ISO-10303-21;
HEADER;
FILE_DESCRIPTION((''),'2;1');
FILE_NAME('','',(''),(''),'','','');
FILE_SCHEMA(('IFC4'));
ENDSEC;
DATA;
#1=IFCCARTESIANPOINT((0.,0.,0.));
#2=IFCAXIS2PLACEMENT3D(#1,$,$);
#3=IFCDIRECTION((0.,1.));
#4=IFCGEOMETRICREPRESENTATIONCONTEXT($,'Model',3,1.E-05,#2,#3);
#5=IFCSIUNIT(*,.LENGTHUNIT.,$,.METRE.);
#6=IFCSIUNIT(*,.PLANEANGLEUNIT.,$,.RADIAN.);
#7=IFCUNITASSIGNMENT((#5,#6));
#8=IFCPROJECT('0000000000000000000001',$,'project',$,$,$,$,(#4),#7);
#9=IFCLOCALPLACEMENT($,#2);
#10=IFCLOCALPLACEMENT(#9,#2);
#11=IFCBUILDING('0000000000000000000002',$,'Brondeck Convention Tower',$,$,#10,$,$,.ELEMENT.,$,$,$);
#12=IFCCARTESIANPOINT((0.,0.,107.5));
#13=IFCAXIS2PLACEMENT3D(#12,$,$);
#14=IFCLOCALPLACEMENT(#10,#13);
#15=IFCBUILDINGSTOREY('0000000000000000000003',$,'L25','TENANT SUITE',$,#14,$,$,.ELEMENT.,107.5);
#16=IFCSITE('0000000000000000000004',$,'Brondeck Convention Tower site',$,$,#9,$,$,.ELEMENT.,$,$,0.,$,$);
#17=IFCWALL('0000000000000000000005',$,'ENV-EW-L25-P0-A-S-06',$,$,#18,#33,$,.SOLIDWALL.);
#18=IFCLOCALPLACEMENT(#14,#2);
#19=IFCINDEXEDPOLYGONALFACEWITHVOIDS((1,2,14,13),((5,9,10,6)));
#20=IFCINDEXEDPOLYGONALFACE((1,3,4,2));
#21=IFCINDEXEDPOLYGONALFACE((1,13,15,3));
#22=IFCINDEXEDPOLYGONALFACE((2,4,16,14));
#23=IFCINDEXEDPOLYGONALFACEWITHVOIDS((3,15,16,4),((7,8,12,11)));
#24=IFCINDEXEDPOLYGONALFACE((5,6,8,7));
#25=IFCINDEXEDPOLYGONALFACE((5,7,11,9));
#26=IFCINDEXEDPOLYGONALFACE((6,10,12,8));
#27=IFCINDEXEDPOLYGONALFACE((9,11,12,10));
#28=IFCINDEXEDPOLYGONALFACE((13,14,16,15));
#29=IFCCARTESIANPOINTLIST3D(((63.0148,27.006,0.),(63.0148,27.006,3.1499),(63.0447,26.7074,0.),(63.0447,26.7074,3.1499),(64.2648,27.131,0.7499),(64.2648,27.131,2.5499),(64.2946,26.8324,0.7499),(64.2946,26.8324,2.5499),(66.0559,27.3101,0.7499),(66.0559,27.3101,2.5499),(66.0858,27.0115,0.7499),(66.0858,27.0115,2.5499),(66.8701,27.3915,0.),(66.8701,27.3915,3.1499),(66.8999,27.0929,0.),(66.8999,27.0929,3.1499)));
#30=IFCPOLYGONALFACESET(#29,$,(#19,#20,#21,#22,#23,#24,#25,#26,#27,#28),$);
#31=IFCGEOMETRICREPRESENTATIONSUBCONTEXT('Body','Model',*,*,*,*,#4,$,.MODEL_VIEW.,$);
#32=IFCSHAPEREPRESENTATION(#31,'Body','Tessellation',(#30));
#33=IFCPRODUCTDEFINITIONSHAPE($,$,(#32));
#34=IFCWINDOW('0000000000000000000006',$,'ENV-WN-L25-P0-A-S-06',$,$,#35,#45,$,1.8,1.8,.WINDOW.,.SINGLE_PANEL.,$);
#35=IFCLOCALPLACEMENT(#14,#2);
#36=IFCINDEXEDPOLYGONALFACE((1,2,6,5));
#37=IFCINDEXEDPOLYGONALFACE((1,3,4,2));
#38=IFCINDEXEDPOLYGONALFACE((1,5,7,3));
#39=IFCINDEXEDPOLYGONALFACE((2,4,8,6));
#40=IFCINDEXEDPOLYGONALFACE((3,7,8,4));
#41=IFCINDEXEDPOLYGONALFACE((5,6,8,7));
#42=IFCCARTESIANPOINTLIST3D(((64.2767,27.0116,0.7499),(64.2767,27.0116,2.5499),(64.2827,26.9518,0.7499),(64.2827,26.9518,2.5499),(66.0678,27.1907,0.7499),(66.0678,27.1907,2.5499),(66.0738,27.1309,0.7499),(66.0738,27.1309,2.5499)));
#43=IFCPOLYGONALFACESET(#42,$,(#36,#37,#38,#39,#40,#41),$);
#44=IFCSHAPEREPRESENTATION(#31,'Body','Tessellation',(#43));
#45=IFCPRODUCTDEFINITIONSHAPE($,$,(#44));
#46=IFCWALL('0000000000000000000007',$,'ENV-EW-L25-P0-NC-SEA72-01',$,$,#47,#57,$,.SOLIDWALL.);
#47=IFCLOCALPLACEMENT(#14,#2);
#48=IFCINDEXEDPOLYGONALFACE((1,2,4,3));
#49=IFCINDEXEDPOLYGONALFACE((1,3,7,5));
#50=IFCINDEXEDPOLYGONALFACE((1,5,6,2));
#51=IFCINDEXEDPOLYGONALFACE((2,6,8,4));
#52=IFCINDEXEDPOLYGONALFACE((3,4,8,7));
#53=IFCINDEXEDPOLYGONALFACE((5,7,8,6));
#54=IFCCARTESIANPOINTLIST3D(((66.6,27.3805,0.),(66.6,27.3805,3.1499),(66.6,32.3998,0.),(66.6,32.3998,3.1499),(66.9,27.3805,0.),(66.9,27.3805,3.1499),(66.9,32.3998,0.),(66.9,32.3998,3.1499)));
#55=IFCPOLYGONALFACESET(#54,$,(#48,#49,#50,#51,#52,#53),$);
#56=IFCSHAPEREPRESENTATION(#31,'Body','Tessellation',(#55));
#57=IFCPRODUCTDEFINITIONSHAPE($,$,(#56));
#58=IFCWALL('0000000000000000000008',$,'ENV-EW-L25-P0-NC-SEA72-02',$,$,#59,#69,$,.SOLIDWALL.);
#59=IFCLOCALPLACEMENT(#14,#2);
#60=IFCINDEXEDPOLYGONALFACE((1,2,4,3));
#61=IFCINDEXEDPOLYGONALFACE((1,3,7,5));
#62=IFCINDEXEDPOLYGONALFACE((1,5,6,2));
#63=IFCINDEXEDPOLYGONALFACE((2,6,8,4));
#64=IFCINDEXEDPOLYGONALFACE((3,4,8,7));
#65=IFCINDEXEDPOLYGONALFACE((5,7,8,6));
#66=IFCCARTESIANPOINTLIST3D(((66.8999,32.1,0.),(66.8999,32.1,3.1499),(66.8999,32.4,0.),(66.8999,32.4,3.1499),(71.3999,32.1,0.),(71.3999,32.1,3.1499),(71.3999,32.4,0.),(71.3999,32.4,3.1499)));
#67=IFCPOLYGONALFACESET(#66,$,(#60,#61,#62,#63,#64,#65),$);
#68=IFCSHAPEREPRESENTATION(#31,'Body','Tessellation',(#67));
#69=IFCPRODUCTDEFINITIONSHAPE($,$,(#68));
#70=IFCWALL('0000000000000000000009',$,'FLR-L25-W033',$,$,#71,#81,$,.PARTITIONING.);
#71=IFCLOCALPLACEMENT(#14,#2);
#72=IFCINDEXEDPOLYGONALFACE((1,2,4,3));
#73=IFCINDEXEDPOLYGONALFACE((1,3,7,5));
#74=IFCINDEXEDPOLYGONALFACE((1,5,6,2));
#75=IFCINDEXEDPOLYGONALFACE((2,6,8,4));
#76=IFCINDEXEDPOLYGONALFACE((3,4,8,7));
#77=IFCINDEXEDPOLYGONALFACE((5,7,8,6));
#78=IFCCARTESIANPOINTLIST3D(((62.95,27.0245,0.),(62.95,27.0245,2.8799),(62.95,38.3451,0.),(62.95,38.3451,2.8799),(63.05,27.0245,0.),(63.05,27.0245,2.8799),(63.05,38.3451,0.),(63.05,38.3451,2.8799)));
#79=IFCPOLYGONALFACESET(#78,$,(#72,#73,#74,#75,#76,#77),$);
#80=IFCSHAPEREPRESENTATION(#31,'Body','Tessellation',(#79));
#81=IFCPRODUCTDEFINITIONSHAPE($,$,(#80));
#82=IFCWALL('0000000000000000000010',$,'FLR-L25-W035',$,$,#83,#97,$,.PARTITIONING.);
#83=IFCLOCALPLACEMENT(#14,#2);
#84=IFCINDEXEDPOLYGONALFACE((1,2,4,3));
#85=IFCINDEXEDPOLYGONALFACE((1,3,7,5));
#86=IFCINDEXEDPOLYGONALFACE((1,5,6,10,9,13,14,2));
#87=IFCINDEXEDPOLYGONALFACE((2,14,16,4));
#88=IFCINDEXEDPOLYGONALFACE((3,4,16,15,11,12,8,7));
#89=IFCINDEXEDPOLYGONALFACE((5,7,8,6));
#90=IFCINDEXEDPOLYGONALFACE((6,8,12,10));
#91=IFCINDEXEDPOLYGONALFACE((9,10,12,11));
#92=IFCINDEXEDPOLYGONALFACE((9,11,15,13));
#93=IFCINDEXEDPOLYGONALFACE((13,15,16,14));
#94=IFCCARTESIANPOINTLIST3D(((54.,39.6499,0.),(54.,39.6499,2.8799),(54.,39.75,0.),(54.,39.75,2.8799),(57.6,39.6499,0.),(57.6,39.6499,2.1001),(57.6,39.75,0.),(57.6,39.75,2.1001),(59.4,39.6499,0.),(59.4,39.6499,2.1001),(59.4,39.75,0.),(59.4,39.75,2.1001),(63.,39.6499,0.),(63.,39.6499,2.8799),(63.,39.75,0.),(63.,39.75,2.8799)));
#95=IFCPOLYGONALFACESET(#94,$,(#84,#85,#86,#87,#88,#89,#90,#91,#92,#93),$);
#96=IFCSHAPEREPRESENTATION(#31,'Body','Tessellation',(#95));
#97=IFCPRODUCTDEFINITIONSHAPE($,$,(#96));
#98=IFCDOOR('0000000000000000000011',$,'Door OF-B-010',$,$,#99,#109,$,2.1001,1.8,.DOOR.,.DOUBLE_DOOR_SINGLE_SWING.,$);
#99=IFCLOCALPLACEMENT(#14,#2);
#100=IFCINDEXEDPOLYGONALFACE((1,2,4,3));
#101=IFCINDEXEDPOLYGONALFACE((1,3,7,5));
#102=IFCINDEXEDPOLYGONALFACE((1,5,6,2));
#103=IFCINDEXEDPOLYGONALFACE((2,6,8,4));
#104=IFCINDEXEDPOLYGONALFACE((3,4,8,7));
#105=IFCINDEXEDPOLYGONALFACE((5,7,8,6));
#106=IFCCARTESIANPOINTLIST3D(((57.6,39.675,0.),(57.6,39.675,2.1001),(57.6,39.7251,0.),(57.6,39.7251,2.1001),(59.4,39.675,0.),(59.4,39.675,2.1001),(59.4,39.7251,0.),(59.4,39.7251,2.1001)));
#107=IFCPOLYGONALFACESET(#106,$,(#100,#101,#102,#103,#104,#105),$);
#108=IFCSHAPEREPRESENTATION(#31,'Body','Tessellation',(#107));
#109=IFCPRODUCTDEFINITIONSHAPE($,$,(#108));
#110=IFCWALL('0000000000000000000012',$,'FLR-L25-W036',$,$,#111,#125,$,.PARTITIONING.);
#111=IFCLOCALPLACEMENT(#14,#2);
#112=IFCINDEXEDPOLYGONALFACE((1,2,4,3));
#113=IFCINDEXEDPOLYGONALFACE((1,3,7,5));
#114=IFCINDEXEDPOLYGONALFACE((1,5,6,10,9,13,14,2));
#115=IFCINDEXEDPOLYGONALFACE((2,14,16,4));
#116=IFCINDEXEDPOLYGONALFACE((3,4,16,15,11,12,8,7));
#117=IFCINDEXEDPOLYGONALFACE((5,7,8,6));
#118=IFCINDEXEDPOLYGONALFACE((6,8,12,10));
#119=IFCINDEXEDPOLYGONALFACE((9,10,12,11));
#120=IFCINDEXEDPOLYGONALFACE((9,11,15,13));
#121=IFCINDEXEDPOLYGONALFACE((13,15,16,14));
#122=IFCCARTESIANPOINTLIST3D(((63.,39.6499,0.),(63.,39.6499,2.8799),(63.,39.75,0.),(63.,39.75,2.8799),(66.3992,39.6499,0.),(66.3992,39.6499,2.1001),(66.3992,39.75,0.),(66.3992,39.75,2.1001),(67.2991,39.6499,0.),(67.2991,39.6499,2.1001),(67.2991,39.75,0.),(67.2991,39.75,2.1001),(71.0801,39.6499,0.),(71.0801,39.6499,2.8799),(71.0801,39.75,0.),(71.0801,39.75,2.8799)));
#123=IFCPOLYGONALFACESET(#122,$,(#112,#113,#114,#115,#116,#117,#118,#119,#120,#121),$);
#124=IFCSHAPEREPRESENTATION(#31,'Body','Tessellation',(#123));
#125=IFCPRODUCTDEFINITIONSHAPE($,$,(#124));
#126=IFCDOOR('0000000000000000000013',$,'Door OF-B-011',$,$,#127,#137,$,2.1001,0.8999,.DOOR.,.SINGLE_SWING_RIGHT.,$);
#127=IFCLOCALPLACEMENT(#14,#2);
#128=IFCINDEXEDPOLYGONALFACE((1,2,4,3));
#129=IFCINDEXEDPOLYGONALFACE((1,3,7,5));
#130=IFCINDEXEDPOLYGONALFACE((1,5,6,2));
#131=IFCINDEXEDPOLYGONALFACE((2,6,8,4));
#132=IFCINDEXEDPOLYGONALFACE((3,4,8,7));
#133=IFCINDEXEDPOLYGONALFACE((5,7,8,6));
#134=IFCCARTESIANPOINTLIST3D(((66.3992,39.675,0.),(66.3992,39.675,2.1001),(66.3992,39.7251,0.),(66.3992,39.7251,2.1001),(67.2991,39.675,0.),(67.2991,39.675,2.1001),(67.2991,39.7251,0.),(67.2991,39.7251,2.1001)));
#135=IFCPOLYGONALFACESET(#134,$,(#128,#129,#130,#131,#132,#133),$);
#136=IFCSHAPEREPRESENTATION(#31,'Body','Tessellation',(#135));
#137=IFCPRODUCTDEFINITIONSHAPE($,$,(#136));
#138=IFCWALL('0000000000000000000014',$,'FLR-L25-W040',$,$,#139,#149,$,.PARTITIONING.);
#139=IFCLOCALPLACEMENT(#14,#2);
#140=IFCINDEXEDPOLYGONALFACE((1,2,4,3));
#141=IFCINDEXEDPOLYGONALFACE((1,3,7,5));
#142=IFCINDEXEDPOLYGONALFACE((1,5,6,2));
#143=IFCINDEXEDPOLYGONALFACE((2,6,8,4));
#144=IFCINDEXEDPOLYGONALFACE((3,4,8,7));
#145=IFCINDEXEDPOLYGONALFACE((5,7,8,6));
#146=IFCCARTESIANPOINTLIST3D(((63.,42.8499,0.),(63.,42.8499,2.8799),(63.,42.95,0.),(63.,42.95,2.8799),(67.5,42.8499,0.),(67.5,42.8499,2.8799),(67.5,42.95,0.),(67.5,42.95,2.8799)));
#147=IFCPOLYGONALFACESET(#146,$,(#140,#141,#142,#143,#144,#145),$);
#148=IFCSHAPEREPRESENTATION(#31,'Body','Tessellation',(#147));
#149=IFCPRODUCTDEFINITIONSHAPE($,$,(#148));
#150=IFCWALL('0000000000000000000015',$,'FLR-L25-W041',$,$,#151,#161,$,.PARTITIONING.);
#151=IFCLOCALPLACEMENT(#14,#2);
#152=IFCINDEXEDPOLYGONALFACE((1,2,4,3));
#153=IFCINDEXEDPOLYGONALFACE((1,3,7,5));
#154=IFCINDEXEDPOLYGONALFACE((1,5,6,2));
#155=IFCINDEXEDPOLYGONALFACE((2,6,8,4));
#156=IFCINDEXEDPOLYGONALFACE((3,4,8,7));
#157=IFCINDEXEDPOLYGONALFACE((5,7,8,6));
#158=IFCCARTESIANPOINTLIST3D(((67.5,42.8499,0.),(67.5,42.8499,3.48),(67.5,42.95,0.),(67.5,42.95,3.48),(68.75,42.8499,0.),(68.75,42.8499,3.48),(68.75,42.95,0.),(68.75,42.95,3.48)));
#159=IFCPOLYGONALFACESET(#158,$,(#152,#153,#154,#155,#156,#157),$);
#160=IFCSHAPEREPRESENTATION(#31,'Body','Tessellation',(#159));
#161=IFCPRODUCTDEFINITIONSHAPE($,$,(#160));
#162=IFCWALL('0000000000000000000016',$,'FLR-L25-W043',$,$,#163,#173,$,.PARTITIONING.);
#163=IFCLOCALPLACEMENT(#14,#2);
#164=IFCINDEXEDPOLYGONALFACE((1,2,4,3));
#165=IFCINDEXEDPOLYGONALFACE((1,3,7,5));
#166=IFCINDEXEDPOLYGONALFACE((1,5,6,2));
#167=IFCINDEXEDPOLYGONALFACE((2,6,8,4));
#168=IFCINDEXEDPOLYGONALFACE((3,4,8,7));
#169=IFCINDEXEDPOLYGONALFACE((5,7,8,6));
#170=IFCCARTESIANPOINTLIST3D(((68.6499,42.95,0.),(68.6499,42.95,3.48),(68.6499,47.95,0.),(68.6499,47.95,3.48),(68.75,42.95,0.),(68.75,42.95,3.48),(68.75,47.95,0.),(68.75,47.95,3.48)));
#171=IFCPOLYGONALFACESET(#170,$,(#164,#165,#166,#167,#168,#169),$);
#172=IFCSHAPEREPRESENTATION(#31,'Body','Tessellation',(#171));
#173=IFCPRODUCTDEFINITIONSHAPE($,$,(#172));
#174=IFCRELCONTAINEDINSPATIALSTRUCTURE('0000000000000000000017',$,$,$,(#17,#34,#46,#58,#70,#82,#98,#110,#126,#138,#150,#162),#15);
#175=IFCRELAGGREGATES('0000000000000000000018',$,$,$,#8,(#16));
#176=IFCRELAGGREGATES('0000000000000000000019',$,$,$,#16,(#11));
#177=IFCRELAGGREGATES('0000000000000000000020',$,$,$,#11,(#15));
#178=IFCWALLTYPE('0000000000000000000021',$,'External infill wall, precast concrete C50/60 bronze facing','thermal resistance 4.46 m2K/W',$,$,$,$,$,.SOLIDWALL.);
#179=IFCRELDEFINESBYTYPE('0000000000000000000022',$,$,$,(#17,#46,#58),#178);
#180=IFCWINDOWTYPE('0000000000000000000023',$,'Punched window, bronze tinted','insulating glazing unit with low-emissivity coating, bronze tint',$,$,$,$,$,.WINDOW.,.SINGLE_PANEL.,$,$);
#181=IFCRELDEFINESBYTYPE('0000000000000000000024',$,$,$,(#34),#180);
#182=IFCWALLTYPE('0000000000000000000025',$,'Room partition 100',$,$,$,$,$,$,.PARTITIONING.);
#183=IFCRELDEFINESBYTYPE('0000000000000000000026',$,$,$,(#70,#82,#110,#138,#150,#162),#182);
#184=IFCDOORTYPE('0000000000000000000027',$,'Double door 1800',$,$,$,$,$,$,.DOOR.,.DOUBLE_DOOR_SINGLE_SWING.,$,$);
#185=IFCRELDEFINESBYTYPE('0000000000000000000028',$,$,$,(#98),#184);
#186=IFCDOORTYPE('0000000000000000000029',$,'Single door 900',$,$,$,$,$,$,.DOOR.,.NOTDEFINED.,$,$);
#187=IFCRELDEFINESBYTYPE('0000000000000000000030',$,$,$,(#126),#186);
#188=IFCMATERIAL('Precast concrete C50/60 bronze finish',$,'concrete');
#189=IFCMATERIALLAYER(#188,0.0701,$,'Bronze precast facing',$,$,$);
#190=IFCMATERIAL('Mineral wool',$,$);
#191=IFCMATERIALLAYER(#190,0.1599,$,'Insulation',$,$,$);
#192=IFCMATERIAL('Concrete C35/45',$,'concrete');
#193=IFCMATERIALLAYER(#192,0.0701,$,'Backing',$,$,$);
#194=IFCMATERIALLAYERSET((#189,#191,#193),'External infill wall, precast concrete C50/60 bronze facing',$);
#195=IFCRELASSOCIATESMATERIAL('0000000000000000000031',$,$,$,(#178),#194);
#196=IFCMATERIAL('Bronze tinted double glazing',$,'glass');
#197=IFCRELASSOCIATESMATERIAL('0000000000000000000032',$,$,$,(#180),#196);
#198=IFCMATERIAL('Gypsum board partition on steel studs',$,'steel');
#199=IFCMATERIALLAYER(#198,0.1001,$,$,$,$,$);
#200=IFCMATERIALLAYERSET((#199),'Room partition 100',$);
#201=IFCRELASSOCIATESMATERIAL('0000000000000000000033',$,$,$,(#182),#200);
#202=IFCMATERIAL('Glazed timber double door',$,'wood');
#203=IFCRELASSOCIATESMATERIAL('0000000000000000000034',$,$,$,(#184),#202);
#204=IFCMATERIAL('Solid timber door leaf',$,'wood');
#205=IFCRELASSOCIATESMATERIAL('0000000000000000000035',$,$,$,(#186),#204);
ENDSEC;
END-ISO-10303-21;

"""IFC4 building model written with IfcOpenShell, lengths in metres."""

from ifc_helpers import new_model, si_unit, direction, frame, frame_2d, origin, place, context, subcontext, project, spatial, rectangle, extrude, material, layer, layer_set, type_object, element, fill, save


model = new_model("IFC4")

# Units and contexts
model_context = context("Model", 3, precision=1e-05, world=origin(), true_north=direction((0.0, 1.0)))
body_context = subcontext(model_context, "Body", "Model", "MODEL_VIEW")
ifc_project = project(units=[si_unit("LENGTHUNIT", "METRE"), si_unit("PLANEANGLEUNIT", "RADIAN")], contexts=[model_context])

# Site, building, storey
site_placement = place(None, origin())
site = spatial("IfcSite", under=ifc_project, at=site_placement, Name="Brondeck Convention Tower site", CompositionType="ELEMENT", RefElevation=0.0)
building_placement = place(site_placement, origin())
building = spatial("IfcBuilding", under=site, at=building_placement, Name="Brondeck Convention Tower", CompositionType="ELEMENT")
storey_placement = place(building_placement, frame((0.0, 0.0, 107.5)))
storey = spatial("IfcBuildingStorey", under=building, at=storey_placement, Name="L25", Description="TENANT SUITE", CompositionType="ELEMENT", Elevation=107.5)

# Shared definitions
ifc_material_1 = material(Name="Precast concrete C50/60 bronze finish", Category="concrete")
ifc_layer_1 = layer(ifc_material_1, 0.0701, Name="Bronze precast facing")
ifc_material_2 = material(Name="Mineral wool")
ifc_layer_2 = layer(ifc_material_2, 0.1599, Name="Insulation")
ifc_material_3 = material(Name="Concrete C35/45", Category="concrete")
ifc_layer_3 = layer(ifc_material_3, 0.0701, Name="Backing")
ifc_layer_set_1 = layer_set([ifc_layer_1, ifc_layer_2, ifc_layer_3], Name="External infill wall, precast concrete C50/60 bronze facing")
wall_type_1 = type_object("IfcWallType", Name="External infill wall, precast concrete C50/60 bronze facing", Description="thermal resistance 4.46 m2K/W", PredefinedType="SOLIDWALL", material=ifc_layer_set_1)
ifc_material_4 = material(Name="Bronze tinted double glazing", Category="glass")
window_type_1 = type_object("IfcWindowType", Name="Punched window, bronze tinted", Description="insulating glazing unit with low-emissivity coating, bronze tint", PartitioningType="SINGLE_PANEL", PredefinedType="WINDOW", material=ifc_material_4)

# Wall, opening, window
wall_1_placement = place(storey_placement, frame((66.885, 27.2422, 0.0), z_axis=(0.0, 0.0, 1.0), x_axis=(-0.995038, -0.099497, 0.0)))
wall_1 = element("IfcWall", 1, at=wall_1_placement, inside=storey, type_object=wall_type_1, Name="ENV-EW-L25-P0-A-S-06", PredefinedType="SOLIDWALL", context=body_context, shape_type="SweptSolid", body=[
    extrude(rectangle(XDim=3.8745, YDim=0.3, at=frame_2d((1.9373, 0.0))), origin(), (0.0, 0.0, 1.0), 3.1499),
])
opening_1_placement = place(wall_1_placement, frame((0.8184, 0.0, 0.75)))
opening_1 = element("IfcOpeningElement", 2, at=opening_1_placement, cuts=wall_1, PredefinedType="OPENING", context=body_context, shape_type="SweptSolid", body=[
    extrude(rectangle(XDim=1.8, YDim=1.8, at=frame_2d((0.8999, 0.8999))), frame((0.0, 0.1599, 0.0), z_axis=(0.0, -1.0, 0.0), x_axis=(1.0, 0.0, 0.0)), (0.0, 0.0, 1.0), 0.3201),
])
window_1_placement = place(opening_1_placement, origin())
window_1 = element("IfcWindow", 3, at=window_1_placement, inside=storey, type_object=window_type_1, Name="ENV-WN-L25-P0-A-S-06", OverallHeight=1.8, OverallWidth=1.8, PartitioningType="SINGLE_PANEL", PredefinedType="WINDOW", context=body_context, shape_type="SweptSolid", body=[
    extrude(rectangle(XDim=1.8, YDim=1.8, at=frame_2d((0.8999, 0.8999))), frame((0.0, 0.03, 0.0), z_axis=(0.0, -1.0, 0.0), x_axis=(1.0, 0.0, 0.0)), (0.0, 0.0, 1.0), 0.0601),
])
fill(opening_1, window_1)

# Walls
wall_2_placement = place(storey_placement, frame((66.75, 32.3999, 0.0), z_axis=(0.0, 0.0, 1.0), x_axis=(0.0, -1.0, 0.0)))
element("IfcWall", 4, at=wall_2_placement, inside=storey, type_object=wall_type_1, Name="ENV-EW-L25-P0-NC-SEA72-01", PredefinedType="SOLIDWALL", context=body_context, shape_type="SweptSolid", body=[
    extrude(rectangle(XDim=5.0193, YDim=0.3, at=frame_2d((2.5098, 0.0))), origin(), (0.0, 0.0, 1.0), 3.1499),
])
wall_3_placement = place(storey_placement, frame((71.3999, 32.25, 0.0), z_axis=(0.0, 0.0, 1.0), x_axis=(-1.0, 0.0, 0.0)))
element("IfcWall", 5, at=wall_3_placement, inside=storey, type_object=wall_type_1, Name="ENV-EW-L25-P0-NC-SEA72-02", PredefinedType="SOLIDWALL", context=body_context, shape_type="SweptSolid", body=[
    extrude(rectangle(XDim=4.5, YDim=0.3, at=frame_2d((2.25, 0.0))), origin(), (0.0, 0.0, 1.0), 3.1499),
])
ifc_material_5 = material(Name="Gypsum board partition on steel studs", Category="steel")
ifc_layer_4 = layer(ifc_material_5, 0.1001)
ifc_layer_set_2 = layer_set([ifc_layer_4], Name="Room partition 100")
wall_type_2 = type_object("IfcWallType", Name="Room partition 100", PredefinedType="PARTITIONING", material=ifc_layer_set_2)
wall_4_placement = place(storey_placement, frame((63.0, 38.345, 0.0), z_axis=(0.0, 0.0, 1.0), x_axis=(0.0, -1.0, 0.0)))
element("IfcWall", 6, at=wall_4_placement, inside=storey, type_object=wall_type_2, Name="FLR-L25-W033", PredefinedType="PARTITIONING", context=body_context, shape_type="SweptSolid", body=[
    extrude(rectangle(XDim=11.3206, YDim=0.1001, at=frame_2d((5.6602, 0.0))), origin(), (0.0, 0.0, 1.0), 2.8799),
])

# Walls, openings, doors
wall_5_placement = place(storey_placement, frame((63.0, 39.7, 0.0), z_axis=(0.0, 0.0, 1.0), x_axis=(-1.0, 0.0, 0.0)))
wall_5 = element("IfcWall", 7, at=wall_5_placement, inside=storey, type_object=wall_type_2, Name="FLR-L25-W035", PredefinedType="PARTITIONING", context=body_context, shape_type="SweptSolid", body=[
    extrude(rectangle(XDim=9.0, YDim=0.1001, at=frame_2d((4.5, 0.0))), origin(), (0.0, 0.0, 1.0), 2.8799),
])
opening_2_placement = place(wall_5_placement, frame((3.6001, 0.0, 0.0)))
opening_2 = element("IfcOpeningElement", 8, at=opening_2_placement, cuts=wall_5, PredefinedType="OPENING", context=body_context, shape_type="SweptSolid", body=[
    extrude(rectangle(XDim=1.8, YDim=2.1001, at=frame_2d((0.8999, 1.05))), frame((0.0, 0.0601, 0.0), z_axis=(0.0, -1.0, 0.0), x_axis=(1.0, 0.0, 0.0)), (0.0, 0.0, 1.0), 0.1201),
])
ifc_material_6 = material(Name="Glazed timber double door", Category="wood")
door_type_1 = type_object("IfcDoorType", Name="Double door 1800", OperationType="DOUBLE_DOOR_SINGLE_SWING", PredefinedType="DOOR", material=ifc_material_6)
door_1_placement = place(opening_2_placement, origin())
door_1 = element("IfcDoor", 9, at=door_1_placement, inside=storey, type_object=door_type_1, Name="Door OF-B-010", OperationType="DOUBLE_DOOR_SINGLE_SWING", OverallHeight=2.1001, OverallWidth=1.8, PredefinedType="DOOR", context=body_context, shape_type="SweptSolid", body=[
    extrude(rectangle(XDim=1.8, YDim=2.1001, at=frame_2d((0.8999, 1.05))), frame((0.0, 0.0249, 0.0), z_axis=(0.0, -1.0, 0.0), x_axis=(1.0, 0.0, 0.0)), (0.0, 0.0, 1.0), 0.05),
])
fill(opening_2, door_1)
wall_6_placement = place(storey_placement, frame((71.0801, 39.7, 0.0), z_axis=(0.0, 0.0, 1.0), x_axis=(-1.0, 0.0, 0.0)))
wall_6 = element("IfcWall", 10, at=wall_6_placement, inside=storey, type_object=wall_type_2, Name="FLR-L25-W036", PredefinedType="PARTITIONING", context=body_context, shape_type="SweptSolid", body=[
    extrude(rectangle(XDim=8.0801, YDim=0.1001, at=frame_2d((4.04, 0.0))), origin(), (0.0, 0.0, 1.0), 2.8799),
])
opening_3_placement = place(wall_6_placement, frame((3.781, 0.0, 0.0)))
opening_3 = element("IfcOpeningElement", 11, at=opening_3_placement, cuts=wall_6, PredefinedType="OPENING", context=body_context, shape_type="SweptSolid", body=[
    extrude(rectangle(XDim=0.8999, YDim=2.1001, at=frame_2d((0.45, 1.05))), frame((0.0, 0.0601, 0.0), z_axis=(0.0, -1.0, 0.0), x_axis=(1.0, 0.0, 0.0)), (0.0, 0.0, 1.0), 0.1201),
])
ifc_material_7 = material(Name="Solid timber door leaf", Category="wood")
door_type_2 = type_object("IfcDoorType", Name="Single door 900", OperationType="NOTDEFINED", PredefinedType="DOOR", material=ifc_material_7)
door_2_placement = place(opening_3_placement, origin())
door_2 = element("IfcDoor", 12, at=door_2_placement, inside=storey, type_object=door_type_2, Name="Door OF-B-011", OperationType="SINGLE_SWING_RIGHT", OverallHeight=2.1001, OverallWidth=0.8999, PredefinedType="DOOR", context=body_context, shape_type="SweptSolid", body=[
    extrude(rectangle(XDim=0.8999, YDim=2.1001, at=frame_2d((0.45, 1.05))), frame((0.0, 0.0249, 0.0), z_axis=(0.0, -1.0, 0.0), x_axis=(1.0, 0.0, 0.0)), (0.0, 0.0, 1.0), 0.05),
])
fill(opening_3, door_2)

# Walls
wall_7_placement = place(storey_placement, frame((63.0, 42.8999, 0.0), z_axis=(0.0, 0.0, 1.0), x_axis=(1.0, 0.0, 0.0)))
element("IfcWall", 13, at=wall_7_placement, inside=storey, type_object=wall_type_2, Name="FLR-L25-W040", PredefinedType="PARTITIONING", context=body_context, shape_type="SweptSolid", body=[
    extrude(rectangle(XDim=4.5, YDim=0.1001, at=frame_2d((2.25, 0.0))), origin(), (0.0, 0.0, 1.0), 2.8799),
])
wall_8_placement = place(storey_placement, frame((67.5, 42.8999, 0.0), z_axis=(0.0, 0.0, 1.0), x_axis=(1.0, 0.0, 0.0)))
element("IfcWall", 14, at=wall_8_placement, inside=storey, type_object=wall_type_2, Name="FLR-L25-W041", PredefinedType="PARTITIONING", context=body_context, shape_type="SweptSolid", body=[
    extrude(rectangle(XDim=1.25, YDim=0.1001, at=frame_2d((0.625, 0.0))), origin(), (0.0, 0.0, 1.0), 3.48),
])
wall_9_placement = place(storey_placement, frame((68.7, 42.95, 0.0), z_axis=(0.0, 0.0, 1.0), x_axis=(0.0, 1.0, 0.0)))
element("IfcWall", 15, at=wall_9_placement, inside=storey, type_object=wall_type_2, Name="FLR-L25-W043", PredefinedType="PARTITIONING", context=body_context, shape_type="SweptSolid", body=[
    extrude(rectangle(XDim=5.0, YDim=0.1001, at=frame_2d((2.5, 0.0))), origin(), (0.0, 0.0, 1.0), 3.48),
])

save(model, "model.ifc")
